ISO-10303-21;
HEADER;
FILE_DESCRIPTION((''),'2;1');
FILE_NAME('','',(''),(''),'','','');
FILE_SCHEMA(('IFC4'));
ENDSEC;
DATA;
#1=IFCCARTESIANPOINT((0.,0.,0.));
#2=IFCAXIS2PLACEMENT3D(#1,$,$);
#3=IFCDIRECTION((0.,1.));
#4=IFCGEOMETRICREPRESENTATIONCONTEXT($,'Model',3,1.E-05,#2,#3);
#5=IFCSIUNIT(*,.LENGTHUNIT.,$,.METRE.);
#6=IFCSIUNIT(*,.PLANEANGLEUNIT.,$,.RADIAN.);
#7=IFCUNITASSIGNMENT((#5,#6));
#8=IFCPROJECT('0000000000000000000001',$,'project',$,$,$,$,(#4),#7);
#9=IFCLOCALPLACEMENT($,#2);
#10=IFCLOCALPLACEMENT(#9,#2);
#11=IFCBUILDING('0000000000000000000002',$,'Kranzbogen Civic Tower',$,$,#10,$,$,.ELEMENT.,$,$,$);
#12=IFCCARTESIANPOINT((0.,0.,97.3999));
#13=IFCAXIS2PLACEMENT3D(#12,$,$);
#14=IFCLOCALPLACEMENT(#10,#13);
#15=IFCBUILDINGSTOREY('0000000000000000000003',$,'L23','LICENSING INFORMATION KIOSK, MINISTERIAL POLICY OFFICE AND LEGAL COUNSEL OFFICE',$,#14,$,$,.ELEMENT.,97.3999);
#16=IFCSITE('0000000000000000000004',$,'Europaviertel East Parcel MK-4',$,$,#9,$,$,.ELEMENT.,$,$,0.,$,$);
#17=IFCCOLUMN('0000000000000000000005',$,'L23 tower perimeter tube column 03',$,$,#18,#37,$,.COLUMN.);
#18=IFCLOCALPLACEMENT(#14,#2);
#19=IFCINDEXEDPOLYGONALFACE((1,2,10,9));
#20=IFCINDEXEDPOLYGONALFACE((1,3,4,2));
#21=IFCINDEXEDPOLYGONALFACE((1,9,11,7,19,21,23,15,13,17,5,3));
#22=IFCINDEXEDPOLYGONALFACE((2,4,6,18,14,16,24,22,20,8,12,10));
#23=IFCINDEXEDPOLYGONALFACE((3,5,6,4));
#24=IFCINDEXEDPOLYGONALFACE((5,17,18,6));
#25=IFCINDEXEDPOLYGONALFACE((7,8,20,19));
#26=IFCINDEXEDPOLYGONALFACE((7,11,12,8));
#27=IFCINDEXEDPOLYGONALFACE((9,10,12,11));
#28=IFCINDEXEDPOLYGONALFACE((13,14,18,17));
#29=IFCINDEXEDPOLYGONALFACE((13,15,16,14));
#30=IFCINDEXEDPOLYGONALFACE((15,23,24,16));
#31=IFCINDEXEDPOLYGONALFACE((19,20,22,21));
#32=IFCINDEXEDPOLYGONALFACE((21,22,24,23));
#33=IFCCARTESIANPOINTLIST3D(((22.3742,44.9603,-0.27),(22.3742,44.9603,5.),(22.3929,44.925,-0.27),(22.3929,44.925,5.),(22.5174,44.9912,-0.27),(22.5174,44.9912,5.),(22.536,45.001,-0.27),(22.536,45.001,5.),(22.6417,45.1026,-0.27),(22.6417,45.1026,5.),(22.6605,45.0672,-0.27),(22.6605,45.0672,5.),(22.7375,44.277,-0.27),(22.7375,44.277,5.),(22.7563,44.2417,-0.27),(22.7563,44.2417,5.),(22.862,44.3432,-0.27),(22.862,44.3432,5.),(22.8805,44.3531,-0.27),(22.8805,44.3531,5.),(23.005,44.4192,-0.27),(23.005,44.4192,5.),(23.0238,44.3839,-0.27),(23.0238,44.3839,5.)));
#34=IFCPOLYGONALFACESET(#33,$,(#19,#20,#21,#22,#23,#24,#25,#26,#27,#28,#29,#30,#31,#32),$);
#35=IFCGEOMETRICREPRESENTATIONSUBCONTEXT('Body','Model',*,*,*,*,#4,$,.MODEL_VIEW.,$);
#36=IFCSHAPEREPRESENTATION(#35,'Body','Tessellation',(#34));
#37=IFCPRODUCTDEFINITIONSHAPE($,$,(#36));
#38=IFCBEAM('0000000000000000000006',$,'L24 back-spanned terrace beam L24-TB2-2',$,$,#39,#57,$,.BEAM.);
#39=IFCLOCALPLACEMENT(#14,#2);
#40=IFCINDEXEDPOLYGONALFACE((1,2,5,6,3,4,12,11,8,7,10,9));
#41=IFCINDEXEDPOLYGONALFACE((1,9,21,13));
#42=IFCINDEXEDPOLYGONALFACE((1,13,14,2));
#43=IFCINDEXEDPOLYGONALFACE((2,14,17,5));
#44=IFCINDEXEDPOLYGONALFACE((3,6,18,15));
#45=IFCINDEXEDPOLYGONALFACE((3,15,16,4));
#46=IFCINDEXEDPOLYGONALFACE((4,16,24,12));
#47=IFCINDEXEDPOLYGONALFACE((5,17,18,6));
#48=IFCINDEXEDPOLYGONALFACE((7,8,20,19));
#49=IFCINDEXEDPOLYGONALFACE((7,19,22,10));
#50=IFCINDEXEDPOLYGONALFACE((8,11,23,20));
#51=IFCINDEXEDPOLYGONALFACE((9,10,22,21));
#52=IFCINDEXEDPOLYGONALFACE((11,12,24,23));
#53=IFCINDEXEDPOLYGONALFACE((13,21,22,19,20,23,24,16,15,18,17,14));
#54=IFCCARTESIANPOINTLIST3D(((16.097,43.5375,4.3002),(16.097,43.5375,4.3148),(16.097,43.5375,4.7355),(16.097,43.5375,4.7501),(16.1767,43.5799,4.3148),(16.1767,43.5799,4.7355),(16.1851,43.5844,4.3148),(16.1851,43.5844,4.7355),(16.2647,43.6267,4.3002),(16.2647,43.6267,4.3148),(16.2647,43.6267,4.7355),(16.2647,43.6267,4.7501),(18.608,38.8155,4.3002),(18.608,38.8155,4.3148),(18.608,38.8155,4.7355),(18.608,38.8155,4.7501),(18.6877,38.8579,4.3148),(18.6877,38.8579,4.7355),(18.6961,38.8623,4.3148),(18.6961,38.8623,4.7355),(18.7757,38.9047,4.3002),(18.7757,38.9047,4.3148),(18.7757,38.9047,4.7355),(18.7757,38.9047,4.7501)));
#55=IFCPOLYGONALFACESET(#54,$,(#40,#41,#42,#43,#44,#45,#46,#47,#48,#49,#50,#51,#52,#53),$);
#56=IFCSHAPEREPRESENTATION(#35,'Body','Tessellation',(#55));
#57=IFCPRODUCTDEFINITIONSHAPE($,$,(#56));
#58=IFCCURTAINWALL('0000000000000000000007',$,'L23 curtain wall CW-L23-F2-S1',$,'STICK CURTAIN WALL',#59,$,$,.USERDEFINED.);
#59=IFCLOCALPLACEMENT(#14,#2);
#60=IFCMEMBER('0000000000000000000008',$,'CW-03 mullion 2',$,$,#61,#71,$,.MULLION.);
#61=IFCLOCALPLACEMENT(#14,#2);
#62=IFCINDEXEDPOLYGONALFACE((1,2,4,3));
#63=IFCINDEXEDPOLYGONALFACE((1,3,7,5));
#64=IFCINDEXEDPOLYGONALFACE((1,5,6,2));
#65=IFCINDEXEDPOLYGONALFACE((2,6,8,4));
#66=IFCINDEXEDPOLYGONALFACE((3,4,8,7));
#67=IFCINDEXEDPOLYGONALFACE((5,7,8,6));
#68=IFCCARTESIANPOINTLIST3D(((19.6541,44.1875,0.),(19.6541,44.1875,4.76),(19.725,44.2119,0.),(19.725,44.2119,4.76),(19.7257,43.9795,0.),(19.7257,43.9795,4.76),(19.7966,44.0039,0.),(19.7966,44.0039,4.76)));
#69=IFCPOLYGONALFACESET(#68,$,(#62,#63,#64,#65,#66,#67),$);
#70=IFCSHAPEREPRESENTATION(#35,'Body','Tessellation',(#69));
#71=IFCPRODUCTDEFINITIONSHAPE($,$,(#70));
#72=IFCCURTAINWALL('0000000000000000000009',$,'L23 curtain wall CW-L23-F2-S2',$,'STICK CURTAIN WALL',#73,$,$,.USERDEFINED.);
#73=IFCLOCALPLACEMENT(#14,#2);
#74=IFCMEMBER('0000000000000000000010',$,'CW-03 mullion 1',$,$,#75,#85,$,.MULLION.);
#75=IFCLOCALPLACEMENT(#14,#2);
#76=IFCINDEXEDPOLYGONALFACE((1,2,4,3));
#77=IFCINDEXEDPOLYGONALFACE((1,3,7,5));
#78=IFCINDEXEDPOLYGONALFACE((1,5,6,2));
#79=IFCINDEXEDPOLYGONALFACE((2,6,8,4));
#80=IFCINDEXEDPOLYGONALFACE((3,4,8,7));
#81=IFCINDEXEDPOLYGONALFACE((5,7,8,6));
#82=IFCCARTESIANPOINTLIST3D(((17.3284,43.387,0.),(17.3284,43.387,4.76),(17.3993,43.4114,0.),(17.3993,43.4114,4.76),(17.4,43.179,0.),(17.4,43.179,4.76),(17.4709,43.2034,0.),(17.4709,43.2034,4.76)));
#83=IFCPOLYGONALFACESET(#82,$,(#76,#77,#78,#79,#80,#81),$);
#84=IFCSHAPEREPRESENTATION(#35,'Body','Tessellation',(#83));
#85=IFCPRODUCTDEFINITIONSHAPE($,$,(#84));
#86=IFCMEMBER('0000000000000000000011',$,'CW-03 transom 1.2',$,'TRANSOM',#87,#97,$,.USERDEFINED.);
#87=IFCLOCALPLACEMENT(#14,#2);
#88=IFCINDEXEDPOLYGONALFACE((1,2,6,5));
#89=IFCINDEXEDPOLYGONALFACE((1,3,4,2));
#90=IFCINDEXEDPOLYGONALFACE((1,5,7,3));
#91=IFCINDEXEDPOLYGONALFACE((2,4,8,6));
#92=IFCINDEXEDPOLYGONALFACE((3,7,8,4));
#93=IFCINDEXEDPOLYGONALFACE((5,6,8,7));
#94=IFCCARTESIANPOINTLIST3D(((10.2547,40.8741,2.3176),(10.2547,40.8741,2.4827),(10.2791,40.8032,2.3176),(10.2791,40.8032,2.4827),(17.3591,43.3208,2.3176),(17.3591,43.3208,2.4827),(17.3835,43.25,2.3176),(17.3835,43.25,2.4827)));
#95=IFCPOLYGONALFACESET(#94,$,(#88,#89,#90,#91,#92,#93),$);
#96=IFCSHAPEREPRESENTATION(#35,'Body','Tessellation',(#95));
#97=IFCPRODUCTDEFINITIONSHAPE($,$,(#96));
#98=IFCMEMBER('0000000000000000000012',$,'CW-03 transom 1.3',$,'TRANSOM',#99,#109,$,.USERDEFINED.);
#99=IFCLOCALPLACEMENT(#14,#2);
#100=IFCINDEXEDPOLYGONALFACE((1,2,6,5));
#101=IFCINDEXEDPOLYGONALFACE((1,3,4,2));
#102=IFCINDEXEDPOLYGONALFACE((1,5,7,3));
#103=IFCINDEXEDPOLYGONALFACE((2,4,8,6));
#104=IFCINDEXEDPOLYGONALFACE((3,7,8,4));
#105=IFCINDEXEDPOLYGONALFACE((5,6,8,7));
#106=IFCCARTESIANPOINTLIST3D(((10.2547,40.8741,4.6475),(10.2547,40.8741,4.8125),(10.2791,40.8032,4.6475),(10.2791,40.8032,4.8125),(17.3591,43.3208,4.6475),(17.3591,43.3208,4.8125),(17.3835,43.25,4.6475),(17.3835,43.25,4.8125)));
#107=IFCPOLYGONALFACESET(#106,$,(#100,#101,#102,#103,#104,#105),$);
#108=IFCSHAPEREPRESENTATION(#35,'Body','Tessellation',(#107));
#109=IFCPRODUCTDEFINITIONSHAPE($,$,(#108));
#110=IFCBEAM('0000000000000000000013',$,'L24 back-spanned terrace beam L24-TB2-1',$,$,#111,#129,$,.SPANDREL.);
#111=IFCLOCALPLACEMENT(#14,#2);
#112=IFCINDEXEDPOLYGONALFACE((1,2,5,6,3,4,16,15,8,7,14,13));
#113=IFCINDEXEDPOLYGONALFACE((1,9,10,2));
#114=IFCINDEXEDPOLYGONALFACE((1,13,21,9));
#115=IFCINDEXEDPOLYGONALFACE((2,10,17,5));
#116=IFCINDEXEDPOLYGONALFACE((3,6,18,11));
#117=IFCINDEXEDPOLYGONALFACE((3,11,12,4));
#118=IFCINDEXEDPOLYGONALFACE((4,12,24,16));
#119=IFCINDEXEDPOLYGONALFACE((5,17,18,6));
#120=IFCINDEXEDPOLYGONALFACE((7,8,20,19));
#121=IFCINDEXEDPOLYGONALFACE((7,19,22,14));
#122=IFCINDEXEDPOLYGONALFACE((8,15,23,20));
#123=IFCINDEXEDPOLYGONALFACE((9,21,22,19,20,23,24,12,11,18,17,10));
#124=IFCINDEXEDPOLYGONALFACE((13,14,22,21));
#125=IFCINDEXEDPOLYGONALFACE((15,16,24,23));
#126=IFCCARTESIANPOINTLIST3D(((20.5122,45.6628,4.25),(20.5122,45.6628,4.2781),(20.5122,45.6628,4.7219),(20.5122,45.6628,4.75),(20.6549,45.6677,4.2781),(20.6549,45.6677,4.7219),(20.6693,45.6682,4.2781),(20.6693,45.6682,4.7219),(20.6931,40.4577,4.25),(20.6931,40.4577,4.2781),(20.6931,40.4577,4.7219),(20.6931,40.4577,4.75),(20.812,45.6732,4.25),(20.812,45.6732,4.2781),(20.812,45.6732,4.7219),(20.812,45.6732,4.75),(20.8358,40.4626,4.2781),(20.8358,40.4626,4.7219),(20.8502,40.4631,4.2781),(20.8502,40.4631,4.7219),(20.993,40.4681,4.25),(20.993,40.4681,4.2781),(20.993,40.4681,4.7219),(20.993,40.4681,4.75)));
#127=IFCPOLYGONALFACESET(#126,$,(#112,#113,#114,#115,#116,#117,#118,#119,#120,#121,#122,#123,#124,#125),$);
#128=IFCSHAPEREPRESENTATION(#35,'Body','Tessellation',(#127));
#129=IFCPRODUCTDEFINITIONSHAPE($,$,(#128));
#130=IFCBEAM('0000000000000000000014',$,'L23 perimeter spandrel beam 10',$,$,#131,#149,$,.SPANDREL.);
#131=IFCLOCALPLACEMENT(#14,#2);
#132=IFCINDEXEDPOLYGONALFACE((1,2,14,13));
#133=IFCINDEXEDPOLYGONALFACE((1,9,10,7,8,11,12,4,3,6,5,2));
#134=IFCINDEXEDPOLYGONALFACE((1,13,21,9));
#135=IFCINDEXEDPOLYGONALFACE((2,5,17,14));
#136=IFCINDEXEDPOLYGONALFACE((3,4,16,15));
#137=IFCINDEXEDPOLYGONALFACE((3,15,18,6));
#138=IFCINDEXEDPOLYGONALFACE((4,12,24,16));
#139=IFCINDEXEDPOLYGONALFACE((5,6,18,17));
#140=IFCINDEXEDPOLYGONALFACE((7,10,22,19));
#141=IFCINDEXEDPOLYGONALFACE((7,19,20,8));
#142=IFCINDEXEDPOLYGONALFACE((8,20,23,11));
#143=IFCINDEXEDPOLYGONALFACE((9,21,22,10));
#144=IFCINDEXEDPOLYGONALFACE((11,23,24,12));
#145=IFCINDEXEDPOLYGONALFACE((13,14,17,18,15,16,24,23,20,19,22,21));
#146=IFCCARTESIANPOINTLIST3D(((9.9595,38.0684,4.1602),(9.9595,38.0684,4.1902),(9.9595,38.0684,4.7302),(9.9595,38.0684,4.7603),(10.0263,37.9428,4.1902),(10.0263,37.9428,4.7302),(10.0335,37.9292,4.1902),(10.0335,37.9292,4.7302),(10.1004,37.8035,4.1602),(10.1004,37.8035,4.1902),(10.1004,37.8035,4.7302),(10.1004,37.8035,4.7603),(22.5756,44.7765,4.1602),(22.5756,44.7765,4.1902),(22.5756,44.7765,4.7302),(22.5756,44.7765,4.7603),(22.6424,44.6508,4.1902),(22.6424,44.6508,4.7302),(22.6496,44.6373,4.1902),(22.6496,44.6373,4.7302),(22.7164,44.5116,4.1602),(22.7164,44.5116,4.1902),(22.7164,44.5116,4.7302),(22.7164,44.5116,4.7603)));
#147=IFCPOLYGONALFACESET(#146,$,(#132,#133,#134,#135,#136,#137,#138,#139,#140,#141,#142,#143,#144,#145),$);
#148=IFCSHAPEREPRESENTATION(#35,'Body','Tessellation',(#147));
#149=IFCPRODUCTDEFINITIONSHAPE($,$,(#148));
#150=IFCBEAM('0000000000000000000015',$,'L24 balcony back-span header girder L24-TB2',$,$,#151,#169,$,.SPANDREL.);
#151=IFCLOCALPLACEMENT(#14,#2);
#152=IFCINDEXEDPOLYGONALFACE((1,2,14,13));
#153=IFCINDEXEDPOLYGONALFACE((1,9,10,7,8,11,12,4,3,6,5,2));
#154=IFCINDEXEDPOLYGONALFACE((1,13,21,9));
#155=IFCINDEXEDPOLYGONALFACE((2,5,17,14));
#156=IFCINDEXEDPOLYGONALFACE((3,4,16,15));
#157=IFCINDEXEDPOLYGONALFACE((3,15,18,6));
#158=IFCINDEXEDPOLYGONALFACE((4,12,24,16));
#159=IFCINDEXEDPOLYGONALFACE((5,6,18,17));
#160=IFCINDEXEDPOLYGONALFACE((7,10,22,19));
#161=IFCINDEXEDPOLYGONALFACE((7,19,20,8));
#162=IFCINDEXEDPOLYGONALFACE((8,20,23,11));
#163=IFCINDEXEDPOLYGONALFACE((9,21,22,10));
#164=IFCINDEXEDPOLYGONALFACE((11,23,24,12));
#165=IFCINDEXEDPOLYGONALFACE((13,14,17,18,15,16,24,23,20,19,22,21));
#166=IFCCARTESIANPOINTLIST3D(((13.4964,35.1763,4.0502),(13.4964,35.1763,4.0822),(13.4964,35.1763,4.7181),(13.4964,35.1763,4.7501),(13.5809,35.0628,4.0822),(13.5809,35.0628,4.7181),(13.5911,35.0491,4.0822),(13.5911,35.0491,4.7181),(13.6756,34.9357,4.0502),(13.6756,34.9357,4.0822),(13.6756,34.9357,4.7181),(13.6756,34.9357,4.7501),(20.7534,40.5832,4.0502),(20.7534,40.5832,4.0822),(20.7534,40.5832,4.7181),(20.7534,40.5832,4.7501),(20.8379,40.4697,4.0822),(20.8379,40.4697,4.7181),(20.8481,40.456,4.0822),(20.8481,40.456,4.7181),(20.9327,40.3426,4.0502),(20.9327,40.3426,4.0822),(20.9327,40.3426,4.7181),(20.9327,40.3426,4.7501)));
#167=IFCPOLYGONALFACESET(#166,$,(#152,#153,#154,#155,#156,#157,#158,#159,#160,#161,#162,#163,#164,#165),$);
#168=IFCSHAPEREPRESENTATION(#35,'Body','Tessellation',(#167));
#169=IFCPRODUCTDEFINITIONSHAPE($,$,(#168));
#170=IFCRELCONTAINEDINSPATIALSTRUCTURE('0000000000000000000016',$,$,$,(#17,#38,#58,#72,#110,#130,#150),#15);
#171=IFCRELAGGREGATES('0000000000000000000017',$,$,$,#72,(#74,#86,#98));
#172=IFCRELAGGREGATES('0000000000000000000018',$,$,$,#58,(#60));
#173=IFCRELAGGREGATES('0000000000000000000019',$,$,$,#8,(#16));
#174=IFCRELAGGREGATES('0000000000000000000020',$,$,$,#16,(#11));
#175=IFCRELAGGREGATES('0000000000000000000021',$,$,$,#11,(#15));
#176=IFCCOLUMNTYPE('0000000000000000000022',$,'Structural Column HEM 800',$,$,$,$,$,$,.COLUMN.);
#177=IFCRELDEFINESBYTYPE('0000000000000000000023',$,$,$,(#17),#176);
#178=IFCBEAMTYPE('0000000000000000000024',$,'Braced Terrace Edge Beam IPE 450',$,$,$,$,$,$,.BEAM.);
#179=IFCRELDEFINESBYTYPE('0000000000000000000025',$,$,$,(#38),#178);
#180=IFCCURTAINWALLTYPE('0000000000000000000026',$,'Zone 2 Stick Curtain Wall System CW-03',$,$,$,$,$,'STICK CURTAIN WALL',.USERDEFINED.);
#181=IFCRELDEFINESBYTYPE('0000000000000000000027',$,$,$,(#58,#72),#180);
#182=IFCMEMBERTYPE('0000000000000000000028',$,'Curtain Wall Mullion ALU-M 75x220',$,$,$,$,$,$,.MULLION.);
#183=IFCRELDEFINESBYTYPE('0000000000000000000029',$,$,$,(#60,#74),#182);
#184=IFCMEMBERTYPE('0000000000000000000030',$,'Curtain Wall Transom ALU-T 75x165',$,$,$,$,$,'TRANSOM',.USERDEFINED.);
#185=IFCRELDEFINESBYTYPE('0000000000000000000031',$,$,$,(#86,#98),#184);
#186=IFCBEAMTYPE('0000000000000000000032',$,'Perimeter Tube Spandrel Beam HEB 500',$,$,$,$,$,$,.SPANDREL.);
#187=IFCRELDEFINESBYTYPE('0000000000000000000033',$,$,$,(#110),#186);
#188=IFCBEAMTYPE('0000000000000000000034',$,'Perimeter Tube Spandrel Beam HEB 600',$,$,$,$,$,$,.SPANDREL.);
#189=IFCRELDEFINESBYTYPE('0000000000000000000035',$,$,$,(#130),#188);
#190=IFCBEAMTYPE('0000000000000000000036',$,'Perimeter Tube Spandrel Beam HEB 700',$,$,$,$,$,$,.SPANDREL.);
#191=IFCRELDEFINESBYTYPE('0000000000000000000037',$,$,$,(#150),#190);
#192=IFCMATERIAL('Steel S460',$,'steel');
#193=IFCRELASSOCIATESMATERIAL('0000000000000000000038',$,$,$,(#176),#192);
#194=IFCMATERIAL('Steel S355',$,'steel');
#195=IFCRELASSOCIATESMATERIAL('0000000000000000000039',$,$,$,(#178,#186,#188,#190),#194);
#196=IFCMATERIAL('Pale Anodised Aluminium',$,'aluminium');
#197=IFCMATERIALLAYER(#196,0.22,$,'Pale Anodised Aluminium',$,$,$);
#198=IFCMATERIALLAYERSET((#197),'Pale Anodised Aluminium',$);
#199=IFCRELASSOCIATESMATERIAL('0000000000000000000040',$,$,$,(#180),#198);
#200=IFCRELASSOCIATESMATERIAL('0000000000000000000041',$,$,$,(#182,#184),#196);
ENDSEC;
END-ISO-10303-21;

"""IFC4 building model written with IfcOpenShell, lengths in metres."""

from ifc_helpers import new_model, si_unit, direction, frame, origin, origin_2d, place, context, subcontext, project, spatial, rectangle, i_section, extrude, material, layer, layer_set, material_profile, profile_set, type_object, element, aggregate, save


model = new_model("IFC4")

# Units and contexts
model_context = context("Model", 3, precision=1e-05, world=origin(), true_north=direction((0.0, 1.0)))
body_context = subcontext(model_context, "Body", "Model", "MODEL_VIEW")
ifc_project = project(units=[si_unit("LENGTHUNIT", "METRE"), si_unit("PLANEANGLEUNIT", "RADIAN")], contexts=[model_context])

# Site, building, storey
site_placement = place(None, origin())
site = spatial("IfcSite", under=ifc_project, at=site_placement, Name="Europaviertel East Parcel MK-4", CompositionType="ELEMENT", RefElevation=0.0)
building_placement = place(site_placement, origin())
building = spatial("IfcBuilding", under=site, at=building_placement, Name="Kranzbogen Civic Tower", CompositionType="ELEMENT")
storey_placement = place(building_placement, frame((0.0, 0.0, 97.3999)))
storey = spatial("IfcBuildingStorey", under=building, at=storey_placement, Name="L23", Description="LICENSING INFORMATION KIOSK, MINISTERIAL POLICY OFFICE AND LEGAL COUNSEL OFFICE", CompositionType="ELEMENT", Elevation=97.3999)

# Column
ifc_material_1 = material(Name="Steel S460", Category="steel")
ifc_material_profile_1 = material_profile(ifc_material_1, i_section(OverallWidth=0.303, OverallDepth=0.814, WebThickness=0.021, FlangeThickness=0.04, at=origin_2d()), Name="HEM 800")
ifc_profile_set_1 = profile_set([ifc_material_profile_1], Name="Steel S460")
column_type = type_object("IfcColumnType", Name="Structural Column HEM 800", PredefinedType="COLUMN", material=ifc_profile_set_1)
column_placement = place(storey_placement, frame((22.699, 44.6721, -0.27), z_axis=(0.0, 0.0, 1.0), x_axis=(0.882948, 0.469472, 0.0)))
element("IfcColumn", 1, at=column_placement, inside=storey, type_object=column_type, Name="L23 tower perimeter tube column 03", PredefinedType="COLUMN", context=body_context, shape_type="SweptSolid", body=[
    extrude(i_section(OverallWidth=0.303, OverallDepth=0.814, WebThickness=0.021, FlangeThickness=0.04, at=origin_2d()), origin(), (0.0, 0.0, 1.0), 5.27),
])

# Beam
ifc_material_2 = material(Name="Steel S355", Category="steel")
ifc_material_profile_2 = material_profile(ifc_material_2, i_section(OverallWidth=0.1899, OverallDepth=0.45, WebThickness=0.0095, FlangeThickness=0.0146, at=origin_2d()), Name="IPE 450")
ifc_profile_set_2 = profile_set([ifc_material_profile_2], Name="Steel S355")
beam_type_1 = type_object("IfcBeamType", Name="Braced Terrace Edge Beam IPE 450", PredefinedType="BEAM", material=ifc_profile_set_2)
beam_1_placement = place(storey_placement, frame((18.6919, 38.8601, 4.5251), z_axis=(-0.469515, 0.882925, 0.0), x_axis=(-0.882925, -0.469515, 0.0)))
element("IfcBeam", 2, at=beam_1_placement, inside=storey, type_object=beam_type_1, Name="L24 back-spanned terrace beam L24-TB2-2", PredefinedType="BEAM", context=body_context, shape_type="SweptSolid", body=[
    extrude(i_section(OverallWidth=0.1899, OverallDepth=0.45, WebThickness=0.0095, FlangeThickness=0.0146, at=origin_2d()), origin(), (0.0, 0.0, 1.0), 5.3481),
])

# Curtain wall, member
ifc_material_3 = material(Name="Pale Anodised Aluminium", Category="aluminium")
ifc_layer_1 = layer(ifc_material_3, 0.22, Name="Pale Anodised Aluminium")
ifc_layer_set_1 = layer_set([ifc_layer_1], Name="Pale Anodised Aluminium")
curtain_wall_type = type_object("IfcCurtainWallType", Name="Zone 2 Stick Curtain Wall System CW-03", ElementType="STICK CURTAIN WALL", PredefinedType="USERDEFINED", material=ifc_layer_set_1)
curtain_wall_1_placement = place(storey_placement, origin())
curtain_wall_1 = element("IfcCurtainWall", 3, at=curtain_wall_1_placement, inside=storey, type_object=curtain_wall_type, Name="L23 curtain wall CW-L23-F2-S1", ObjectType="STICK CURTAIN WALL", PredefinedType="USERDEFINED")
ifc_material_profile_3 = material_profile(ifc_material_3, rectangle(XDim=0.075, YDim=0.22, at=origin_2d()), Name="ALU-M 75x220")
ifc_profile_set_3 = profile_set([ifc_material_profile_3], Name="Pale Anodised Aluminium")
member_type_1 = type_object("IfcMemberType", Name="Curtain Wall Mullion ALU-M 75x220", PredefinedType="MULLION", material=ifc_profile_set_3)
member_1_placement = place(storey_placement, frame((19.7253, 44.0957, 0.0), z_axis=(0.0, 0.0, 1.0), x_axis=(-0.945507, -0.325603, 0.0)))
member_1 = element("IfcMember", 4, at=member_1_placement, type_object=member_type_1, Name="CW-03 mullion 2", PredefinedType="MULLION", context=body_context, shape_type="SweptSolid", body=[
    extrude(rectangle(XDim=0.075, YDim=0.22, at=origin_2d()), origin(), (0.0, 0.0, 1.0), 4.76),
])

# Curtain wall, members
curtain_wall_2_placement = place(storey_placement, origin())
curtain_wall_2 = element("IfcCurtainWall", 5, at=curtain_wall_2_placement, inside=storey, type_object=curtain_wall_type, Name="L23 curtain wall CW-L23-F2-S2", ObjectType="STICK CURTAIN WALL", PredefinedType="USERDEFINED")
member_2_placement = place(storey_placement, frame((17.3997, 43.2952, 0.0), z_axis=(0.0, 0.0, 1.0), x_axis=(-0.945493, -0.325643, 0.0)))
member_2 = element("IfcMember", 6, at=member_2_placement, type_object=member_type_1, Name="CW-03 mullion 1", PredefinedType="MULLION", context=body_context, shape_type="SweptSolid", body=[
    extrude(rectangle(XDim=0.075, YDim=0.22, at=origin_2d()), origin(), (0.0, 0.0, 1.0), 4.76),
])
ifc_material_profile_4 = material_profile(ifc_material_3, rectangle(XDim=0.075, YDim=0.165, at=origin_2d()), Name="ALU-T 75x165")
ifc_profile_set_4 = profile_set([ifc_material_profile_4], Name="Pale Anodised Aluminium")
member_type_2 = type_object("IfcMemberType", Name="Curtain Wall Transom ALU-T 75x165", ElementType="TRANSOM", PredefinedType="USERDEFINED", material=ifc_profile_set_4)
member_3_placement = place(storey_placement, frame((17.3713, 43.2854, 2.4001), z_axis=(-0.945498, -0.325628, 0.0), x_axis=(0.325628, -0.945498, 0.0)))
member_3 = element("IfcMember", 7, at=member_3_placement, type_object=member_type_2, Name="CW-03 transom 1.2", ObjectType="TRANSOM", PredefinedType="USERDEFINED", context=body_context, shape_type="SweptSolid", body=[
    extrude(rectangle(XDim=0.075, YDim=0.165, at=origin_2d()), origin(), (0.0, 0.0, 1.0), 7.5139),
])
member_4_placement = place(storey_placement, frame((17.3713, 43.2854, 4.73), z_axis=(-0.945498, -0.325628, 0.0), x_axis=(0.325628, -0.945498, 0.0)))
member_4 = element("IfcMember", 8, at=member_4_placement, type_object=member_type_2, Name="CW-03 transom 1.3", ObjectType="TRANSOM", PredefinedType="USERDEFINED", context=body_context, shape_type="SweptSolid", body=[
    extrude(rectangle(XDim=0.075, YDim=0.165, at=origin_2d()), origin(), (0.0, 0.0, 1.0), 7.5139),
])
aggregate(curtain_wall_2, [member_2, member_3, member_4])

# Beams
ifc_material_profile_5 = material_profile(ifc_material_2, i_section(OverallWidth=0.3, OverallDepth=0.5, WebThickness=0.0144, FlangeThickness=0.0281, at=origin_2d()), Name="HEB 500")
ifc_profile_set_5 = profile_set([ifc_material_profile_5], Name="Steel S355")
beam_type_2 = type_object("IfcBeamType", Name="Perimeter Tube Spandrel Beam HEB 500", PredefinedType="SPANDREL", material=ifc_profile_set_5)
beam_2_placement = place(storey_placement, frame((20.843, 40.4629, 4.5), z_axis=(-0.034735, 0.999397, 0.0), x_axis=(-0.999397, -0.034735, 0.0)))
element("IfcBeam", 9, at=beam_2_placement, inside=storey, type_object=beam_type_2, Name="L24 back-spanned terrace beam L24-TB2-1", PredefinedType="SPANDREL", context=body_context, shape_type="SweptSolid", body=[
    extrude(i_section(OverallWidth=0.3, OverallDepth=0.5, WebThickness=0.0144, FlangeThickness=0.0281, at=origin_2d()), origin(), (0.0, 0.0, 1.0), 5.2083),
])
ifc_material_profile_6 = material_profile(ifc_material_2, i_section(OverallWidth=0.3, OverallDepth=0.6001, WebThickness=0.0154, FlangeThickness=0.03, at=origin_2d()), Name="HEB 600")
ifc_profile_set_6 = profile_set([ifc_material_profile_6], Name="Steel S355")
beam_type_3 = type_object("IfcBeamType", Name="Perimeter Tube Spandrel Beam HEB 600", PredefinedType="SPANDREL", material=ifc_profile_set_6)
beam_3_placement = place(storey_placement, frame((22.646, 44.644, 4.4602), z_axis=(-0.882948, -0.46947, 0.0), x_axis=(0.46947, -0.882948, 0.0)))
element("IfcBeam", 10, at=beam_3_placement, inside=storey, type_object=beam_type_3, Name="L23 perimeter spandrel beam 10", PredefinedType="SPANDREL", context=body_context, shape_type="SweptSolid", body=[
    extrude(i_section(OverallWidth=0.3, OverallDepth=0.6001, WebThickness=0.0154, FlangeThickness=0.03, at=origin_2d()), origin(), (0.0, 0.0, 1.0), 14.2886),
])
ifc_material_profile_7 = material_profile(ifc_material_2, i_section(OverallWidth=0.3, OverallDepth=0.7, WebThickness=0.0171, FlangeThickness=0.032, at=origin_2d()), Name="HEB 700")
ifc_profile_set_7 = profile_set([ifc_material_profile_7], Name="Steel S355")
beam_type_4 = type_object("IfcBeamType", Name="Perimeter Tube Spandrel Beam HEB 700", PredefinedType="SPANDREL", material=ifc_profile_set_7)
beam_4_placement = place(storey_placement, frame((20.843, 40.4629, 4.4001), z_axis=(-0.801896, -0.597463, 0.0), x_axis=(0.597463, -0.801896, 0.0)))
element("IfcBeam", 11, at=beam_4_placement, inside=storey, type_object=beam_type_4, Name="L24 balcony back-span header girder L24-TB2", PredefinedType="SPANDREL", context=body_context, shape_type="SweptSolid", body=[
    extrude(i_section(OverallWidth=0.3, OverallDepth=0.7, WebThickness=0.0171, FlangeThickness=0.032, at=origin_2d()), origin(), (0.0, 0.0, 1.0), 9.0498),
])

aggregate(curtain_wall_1, [member_1])

save(model, "model.ifc")
